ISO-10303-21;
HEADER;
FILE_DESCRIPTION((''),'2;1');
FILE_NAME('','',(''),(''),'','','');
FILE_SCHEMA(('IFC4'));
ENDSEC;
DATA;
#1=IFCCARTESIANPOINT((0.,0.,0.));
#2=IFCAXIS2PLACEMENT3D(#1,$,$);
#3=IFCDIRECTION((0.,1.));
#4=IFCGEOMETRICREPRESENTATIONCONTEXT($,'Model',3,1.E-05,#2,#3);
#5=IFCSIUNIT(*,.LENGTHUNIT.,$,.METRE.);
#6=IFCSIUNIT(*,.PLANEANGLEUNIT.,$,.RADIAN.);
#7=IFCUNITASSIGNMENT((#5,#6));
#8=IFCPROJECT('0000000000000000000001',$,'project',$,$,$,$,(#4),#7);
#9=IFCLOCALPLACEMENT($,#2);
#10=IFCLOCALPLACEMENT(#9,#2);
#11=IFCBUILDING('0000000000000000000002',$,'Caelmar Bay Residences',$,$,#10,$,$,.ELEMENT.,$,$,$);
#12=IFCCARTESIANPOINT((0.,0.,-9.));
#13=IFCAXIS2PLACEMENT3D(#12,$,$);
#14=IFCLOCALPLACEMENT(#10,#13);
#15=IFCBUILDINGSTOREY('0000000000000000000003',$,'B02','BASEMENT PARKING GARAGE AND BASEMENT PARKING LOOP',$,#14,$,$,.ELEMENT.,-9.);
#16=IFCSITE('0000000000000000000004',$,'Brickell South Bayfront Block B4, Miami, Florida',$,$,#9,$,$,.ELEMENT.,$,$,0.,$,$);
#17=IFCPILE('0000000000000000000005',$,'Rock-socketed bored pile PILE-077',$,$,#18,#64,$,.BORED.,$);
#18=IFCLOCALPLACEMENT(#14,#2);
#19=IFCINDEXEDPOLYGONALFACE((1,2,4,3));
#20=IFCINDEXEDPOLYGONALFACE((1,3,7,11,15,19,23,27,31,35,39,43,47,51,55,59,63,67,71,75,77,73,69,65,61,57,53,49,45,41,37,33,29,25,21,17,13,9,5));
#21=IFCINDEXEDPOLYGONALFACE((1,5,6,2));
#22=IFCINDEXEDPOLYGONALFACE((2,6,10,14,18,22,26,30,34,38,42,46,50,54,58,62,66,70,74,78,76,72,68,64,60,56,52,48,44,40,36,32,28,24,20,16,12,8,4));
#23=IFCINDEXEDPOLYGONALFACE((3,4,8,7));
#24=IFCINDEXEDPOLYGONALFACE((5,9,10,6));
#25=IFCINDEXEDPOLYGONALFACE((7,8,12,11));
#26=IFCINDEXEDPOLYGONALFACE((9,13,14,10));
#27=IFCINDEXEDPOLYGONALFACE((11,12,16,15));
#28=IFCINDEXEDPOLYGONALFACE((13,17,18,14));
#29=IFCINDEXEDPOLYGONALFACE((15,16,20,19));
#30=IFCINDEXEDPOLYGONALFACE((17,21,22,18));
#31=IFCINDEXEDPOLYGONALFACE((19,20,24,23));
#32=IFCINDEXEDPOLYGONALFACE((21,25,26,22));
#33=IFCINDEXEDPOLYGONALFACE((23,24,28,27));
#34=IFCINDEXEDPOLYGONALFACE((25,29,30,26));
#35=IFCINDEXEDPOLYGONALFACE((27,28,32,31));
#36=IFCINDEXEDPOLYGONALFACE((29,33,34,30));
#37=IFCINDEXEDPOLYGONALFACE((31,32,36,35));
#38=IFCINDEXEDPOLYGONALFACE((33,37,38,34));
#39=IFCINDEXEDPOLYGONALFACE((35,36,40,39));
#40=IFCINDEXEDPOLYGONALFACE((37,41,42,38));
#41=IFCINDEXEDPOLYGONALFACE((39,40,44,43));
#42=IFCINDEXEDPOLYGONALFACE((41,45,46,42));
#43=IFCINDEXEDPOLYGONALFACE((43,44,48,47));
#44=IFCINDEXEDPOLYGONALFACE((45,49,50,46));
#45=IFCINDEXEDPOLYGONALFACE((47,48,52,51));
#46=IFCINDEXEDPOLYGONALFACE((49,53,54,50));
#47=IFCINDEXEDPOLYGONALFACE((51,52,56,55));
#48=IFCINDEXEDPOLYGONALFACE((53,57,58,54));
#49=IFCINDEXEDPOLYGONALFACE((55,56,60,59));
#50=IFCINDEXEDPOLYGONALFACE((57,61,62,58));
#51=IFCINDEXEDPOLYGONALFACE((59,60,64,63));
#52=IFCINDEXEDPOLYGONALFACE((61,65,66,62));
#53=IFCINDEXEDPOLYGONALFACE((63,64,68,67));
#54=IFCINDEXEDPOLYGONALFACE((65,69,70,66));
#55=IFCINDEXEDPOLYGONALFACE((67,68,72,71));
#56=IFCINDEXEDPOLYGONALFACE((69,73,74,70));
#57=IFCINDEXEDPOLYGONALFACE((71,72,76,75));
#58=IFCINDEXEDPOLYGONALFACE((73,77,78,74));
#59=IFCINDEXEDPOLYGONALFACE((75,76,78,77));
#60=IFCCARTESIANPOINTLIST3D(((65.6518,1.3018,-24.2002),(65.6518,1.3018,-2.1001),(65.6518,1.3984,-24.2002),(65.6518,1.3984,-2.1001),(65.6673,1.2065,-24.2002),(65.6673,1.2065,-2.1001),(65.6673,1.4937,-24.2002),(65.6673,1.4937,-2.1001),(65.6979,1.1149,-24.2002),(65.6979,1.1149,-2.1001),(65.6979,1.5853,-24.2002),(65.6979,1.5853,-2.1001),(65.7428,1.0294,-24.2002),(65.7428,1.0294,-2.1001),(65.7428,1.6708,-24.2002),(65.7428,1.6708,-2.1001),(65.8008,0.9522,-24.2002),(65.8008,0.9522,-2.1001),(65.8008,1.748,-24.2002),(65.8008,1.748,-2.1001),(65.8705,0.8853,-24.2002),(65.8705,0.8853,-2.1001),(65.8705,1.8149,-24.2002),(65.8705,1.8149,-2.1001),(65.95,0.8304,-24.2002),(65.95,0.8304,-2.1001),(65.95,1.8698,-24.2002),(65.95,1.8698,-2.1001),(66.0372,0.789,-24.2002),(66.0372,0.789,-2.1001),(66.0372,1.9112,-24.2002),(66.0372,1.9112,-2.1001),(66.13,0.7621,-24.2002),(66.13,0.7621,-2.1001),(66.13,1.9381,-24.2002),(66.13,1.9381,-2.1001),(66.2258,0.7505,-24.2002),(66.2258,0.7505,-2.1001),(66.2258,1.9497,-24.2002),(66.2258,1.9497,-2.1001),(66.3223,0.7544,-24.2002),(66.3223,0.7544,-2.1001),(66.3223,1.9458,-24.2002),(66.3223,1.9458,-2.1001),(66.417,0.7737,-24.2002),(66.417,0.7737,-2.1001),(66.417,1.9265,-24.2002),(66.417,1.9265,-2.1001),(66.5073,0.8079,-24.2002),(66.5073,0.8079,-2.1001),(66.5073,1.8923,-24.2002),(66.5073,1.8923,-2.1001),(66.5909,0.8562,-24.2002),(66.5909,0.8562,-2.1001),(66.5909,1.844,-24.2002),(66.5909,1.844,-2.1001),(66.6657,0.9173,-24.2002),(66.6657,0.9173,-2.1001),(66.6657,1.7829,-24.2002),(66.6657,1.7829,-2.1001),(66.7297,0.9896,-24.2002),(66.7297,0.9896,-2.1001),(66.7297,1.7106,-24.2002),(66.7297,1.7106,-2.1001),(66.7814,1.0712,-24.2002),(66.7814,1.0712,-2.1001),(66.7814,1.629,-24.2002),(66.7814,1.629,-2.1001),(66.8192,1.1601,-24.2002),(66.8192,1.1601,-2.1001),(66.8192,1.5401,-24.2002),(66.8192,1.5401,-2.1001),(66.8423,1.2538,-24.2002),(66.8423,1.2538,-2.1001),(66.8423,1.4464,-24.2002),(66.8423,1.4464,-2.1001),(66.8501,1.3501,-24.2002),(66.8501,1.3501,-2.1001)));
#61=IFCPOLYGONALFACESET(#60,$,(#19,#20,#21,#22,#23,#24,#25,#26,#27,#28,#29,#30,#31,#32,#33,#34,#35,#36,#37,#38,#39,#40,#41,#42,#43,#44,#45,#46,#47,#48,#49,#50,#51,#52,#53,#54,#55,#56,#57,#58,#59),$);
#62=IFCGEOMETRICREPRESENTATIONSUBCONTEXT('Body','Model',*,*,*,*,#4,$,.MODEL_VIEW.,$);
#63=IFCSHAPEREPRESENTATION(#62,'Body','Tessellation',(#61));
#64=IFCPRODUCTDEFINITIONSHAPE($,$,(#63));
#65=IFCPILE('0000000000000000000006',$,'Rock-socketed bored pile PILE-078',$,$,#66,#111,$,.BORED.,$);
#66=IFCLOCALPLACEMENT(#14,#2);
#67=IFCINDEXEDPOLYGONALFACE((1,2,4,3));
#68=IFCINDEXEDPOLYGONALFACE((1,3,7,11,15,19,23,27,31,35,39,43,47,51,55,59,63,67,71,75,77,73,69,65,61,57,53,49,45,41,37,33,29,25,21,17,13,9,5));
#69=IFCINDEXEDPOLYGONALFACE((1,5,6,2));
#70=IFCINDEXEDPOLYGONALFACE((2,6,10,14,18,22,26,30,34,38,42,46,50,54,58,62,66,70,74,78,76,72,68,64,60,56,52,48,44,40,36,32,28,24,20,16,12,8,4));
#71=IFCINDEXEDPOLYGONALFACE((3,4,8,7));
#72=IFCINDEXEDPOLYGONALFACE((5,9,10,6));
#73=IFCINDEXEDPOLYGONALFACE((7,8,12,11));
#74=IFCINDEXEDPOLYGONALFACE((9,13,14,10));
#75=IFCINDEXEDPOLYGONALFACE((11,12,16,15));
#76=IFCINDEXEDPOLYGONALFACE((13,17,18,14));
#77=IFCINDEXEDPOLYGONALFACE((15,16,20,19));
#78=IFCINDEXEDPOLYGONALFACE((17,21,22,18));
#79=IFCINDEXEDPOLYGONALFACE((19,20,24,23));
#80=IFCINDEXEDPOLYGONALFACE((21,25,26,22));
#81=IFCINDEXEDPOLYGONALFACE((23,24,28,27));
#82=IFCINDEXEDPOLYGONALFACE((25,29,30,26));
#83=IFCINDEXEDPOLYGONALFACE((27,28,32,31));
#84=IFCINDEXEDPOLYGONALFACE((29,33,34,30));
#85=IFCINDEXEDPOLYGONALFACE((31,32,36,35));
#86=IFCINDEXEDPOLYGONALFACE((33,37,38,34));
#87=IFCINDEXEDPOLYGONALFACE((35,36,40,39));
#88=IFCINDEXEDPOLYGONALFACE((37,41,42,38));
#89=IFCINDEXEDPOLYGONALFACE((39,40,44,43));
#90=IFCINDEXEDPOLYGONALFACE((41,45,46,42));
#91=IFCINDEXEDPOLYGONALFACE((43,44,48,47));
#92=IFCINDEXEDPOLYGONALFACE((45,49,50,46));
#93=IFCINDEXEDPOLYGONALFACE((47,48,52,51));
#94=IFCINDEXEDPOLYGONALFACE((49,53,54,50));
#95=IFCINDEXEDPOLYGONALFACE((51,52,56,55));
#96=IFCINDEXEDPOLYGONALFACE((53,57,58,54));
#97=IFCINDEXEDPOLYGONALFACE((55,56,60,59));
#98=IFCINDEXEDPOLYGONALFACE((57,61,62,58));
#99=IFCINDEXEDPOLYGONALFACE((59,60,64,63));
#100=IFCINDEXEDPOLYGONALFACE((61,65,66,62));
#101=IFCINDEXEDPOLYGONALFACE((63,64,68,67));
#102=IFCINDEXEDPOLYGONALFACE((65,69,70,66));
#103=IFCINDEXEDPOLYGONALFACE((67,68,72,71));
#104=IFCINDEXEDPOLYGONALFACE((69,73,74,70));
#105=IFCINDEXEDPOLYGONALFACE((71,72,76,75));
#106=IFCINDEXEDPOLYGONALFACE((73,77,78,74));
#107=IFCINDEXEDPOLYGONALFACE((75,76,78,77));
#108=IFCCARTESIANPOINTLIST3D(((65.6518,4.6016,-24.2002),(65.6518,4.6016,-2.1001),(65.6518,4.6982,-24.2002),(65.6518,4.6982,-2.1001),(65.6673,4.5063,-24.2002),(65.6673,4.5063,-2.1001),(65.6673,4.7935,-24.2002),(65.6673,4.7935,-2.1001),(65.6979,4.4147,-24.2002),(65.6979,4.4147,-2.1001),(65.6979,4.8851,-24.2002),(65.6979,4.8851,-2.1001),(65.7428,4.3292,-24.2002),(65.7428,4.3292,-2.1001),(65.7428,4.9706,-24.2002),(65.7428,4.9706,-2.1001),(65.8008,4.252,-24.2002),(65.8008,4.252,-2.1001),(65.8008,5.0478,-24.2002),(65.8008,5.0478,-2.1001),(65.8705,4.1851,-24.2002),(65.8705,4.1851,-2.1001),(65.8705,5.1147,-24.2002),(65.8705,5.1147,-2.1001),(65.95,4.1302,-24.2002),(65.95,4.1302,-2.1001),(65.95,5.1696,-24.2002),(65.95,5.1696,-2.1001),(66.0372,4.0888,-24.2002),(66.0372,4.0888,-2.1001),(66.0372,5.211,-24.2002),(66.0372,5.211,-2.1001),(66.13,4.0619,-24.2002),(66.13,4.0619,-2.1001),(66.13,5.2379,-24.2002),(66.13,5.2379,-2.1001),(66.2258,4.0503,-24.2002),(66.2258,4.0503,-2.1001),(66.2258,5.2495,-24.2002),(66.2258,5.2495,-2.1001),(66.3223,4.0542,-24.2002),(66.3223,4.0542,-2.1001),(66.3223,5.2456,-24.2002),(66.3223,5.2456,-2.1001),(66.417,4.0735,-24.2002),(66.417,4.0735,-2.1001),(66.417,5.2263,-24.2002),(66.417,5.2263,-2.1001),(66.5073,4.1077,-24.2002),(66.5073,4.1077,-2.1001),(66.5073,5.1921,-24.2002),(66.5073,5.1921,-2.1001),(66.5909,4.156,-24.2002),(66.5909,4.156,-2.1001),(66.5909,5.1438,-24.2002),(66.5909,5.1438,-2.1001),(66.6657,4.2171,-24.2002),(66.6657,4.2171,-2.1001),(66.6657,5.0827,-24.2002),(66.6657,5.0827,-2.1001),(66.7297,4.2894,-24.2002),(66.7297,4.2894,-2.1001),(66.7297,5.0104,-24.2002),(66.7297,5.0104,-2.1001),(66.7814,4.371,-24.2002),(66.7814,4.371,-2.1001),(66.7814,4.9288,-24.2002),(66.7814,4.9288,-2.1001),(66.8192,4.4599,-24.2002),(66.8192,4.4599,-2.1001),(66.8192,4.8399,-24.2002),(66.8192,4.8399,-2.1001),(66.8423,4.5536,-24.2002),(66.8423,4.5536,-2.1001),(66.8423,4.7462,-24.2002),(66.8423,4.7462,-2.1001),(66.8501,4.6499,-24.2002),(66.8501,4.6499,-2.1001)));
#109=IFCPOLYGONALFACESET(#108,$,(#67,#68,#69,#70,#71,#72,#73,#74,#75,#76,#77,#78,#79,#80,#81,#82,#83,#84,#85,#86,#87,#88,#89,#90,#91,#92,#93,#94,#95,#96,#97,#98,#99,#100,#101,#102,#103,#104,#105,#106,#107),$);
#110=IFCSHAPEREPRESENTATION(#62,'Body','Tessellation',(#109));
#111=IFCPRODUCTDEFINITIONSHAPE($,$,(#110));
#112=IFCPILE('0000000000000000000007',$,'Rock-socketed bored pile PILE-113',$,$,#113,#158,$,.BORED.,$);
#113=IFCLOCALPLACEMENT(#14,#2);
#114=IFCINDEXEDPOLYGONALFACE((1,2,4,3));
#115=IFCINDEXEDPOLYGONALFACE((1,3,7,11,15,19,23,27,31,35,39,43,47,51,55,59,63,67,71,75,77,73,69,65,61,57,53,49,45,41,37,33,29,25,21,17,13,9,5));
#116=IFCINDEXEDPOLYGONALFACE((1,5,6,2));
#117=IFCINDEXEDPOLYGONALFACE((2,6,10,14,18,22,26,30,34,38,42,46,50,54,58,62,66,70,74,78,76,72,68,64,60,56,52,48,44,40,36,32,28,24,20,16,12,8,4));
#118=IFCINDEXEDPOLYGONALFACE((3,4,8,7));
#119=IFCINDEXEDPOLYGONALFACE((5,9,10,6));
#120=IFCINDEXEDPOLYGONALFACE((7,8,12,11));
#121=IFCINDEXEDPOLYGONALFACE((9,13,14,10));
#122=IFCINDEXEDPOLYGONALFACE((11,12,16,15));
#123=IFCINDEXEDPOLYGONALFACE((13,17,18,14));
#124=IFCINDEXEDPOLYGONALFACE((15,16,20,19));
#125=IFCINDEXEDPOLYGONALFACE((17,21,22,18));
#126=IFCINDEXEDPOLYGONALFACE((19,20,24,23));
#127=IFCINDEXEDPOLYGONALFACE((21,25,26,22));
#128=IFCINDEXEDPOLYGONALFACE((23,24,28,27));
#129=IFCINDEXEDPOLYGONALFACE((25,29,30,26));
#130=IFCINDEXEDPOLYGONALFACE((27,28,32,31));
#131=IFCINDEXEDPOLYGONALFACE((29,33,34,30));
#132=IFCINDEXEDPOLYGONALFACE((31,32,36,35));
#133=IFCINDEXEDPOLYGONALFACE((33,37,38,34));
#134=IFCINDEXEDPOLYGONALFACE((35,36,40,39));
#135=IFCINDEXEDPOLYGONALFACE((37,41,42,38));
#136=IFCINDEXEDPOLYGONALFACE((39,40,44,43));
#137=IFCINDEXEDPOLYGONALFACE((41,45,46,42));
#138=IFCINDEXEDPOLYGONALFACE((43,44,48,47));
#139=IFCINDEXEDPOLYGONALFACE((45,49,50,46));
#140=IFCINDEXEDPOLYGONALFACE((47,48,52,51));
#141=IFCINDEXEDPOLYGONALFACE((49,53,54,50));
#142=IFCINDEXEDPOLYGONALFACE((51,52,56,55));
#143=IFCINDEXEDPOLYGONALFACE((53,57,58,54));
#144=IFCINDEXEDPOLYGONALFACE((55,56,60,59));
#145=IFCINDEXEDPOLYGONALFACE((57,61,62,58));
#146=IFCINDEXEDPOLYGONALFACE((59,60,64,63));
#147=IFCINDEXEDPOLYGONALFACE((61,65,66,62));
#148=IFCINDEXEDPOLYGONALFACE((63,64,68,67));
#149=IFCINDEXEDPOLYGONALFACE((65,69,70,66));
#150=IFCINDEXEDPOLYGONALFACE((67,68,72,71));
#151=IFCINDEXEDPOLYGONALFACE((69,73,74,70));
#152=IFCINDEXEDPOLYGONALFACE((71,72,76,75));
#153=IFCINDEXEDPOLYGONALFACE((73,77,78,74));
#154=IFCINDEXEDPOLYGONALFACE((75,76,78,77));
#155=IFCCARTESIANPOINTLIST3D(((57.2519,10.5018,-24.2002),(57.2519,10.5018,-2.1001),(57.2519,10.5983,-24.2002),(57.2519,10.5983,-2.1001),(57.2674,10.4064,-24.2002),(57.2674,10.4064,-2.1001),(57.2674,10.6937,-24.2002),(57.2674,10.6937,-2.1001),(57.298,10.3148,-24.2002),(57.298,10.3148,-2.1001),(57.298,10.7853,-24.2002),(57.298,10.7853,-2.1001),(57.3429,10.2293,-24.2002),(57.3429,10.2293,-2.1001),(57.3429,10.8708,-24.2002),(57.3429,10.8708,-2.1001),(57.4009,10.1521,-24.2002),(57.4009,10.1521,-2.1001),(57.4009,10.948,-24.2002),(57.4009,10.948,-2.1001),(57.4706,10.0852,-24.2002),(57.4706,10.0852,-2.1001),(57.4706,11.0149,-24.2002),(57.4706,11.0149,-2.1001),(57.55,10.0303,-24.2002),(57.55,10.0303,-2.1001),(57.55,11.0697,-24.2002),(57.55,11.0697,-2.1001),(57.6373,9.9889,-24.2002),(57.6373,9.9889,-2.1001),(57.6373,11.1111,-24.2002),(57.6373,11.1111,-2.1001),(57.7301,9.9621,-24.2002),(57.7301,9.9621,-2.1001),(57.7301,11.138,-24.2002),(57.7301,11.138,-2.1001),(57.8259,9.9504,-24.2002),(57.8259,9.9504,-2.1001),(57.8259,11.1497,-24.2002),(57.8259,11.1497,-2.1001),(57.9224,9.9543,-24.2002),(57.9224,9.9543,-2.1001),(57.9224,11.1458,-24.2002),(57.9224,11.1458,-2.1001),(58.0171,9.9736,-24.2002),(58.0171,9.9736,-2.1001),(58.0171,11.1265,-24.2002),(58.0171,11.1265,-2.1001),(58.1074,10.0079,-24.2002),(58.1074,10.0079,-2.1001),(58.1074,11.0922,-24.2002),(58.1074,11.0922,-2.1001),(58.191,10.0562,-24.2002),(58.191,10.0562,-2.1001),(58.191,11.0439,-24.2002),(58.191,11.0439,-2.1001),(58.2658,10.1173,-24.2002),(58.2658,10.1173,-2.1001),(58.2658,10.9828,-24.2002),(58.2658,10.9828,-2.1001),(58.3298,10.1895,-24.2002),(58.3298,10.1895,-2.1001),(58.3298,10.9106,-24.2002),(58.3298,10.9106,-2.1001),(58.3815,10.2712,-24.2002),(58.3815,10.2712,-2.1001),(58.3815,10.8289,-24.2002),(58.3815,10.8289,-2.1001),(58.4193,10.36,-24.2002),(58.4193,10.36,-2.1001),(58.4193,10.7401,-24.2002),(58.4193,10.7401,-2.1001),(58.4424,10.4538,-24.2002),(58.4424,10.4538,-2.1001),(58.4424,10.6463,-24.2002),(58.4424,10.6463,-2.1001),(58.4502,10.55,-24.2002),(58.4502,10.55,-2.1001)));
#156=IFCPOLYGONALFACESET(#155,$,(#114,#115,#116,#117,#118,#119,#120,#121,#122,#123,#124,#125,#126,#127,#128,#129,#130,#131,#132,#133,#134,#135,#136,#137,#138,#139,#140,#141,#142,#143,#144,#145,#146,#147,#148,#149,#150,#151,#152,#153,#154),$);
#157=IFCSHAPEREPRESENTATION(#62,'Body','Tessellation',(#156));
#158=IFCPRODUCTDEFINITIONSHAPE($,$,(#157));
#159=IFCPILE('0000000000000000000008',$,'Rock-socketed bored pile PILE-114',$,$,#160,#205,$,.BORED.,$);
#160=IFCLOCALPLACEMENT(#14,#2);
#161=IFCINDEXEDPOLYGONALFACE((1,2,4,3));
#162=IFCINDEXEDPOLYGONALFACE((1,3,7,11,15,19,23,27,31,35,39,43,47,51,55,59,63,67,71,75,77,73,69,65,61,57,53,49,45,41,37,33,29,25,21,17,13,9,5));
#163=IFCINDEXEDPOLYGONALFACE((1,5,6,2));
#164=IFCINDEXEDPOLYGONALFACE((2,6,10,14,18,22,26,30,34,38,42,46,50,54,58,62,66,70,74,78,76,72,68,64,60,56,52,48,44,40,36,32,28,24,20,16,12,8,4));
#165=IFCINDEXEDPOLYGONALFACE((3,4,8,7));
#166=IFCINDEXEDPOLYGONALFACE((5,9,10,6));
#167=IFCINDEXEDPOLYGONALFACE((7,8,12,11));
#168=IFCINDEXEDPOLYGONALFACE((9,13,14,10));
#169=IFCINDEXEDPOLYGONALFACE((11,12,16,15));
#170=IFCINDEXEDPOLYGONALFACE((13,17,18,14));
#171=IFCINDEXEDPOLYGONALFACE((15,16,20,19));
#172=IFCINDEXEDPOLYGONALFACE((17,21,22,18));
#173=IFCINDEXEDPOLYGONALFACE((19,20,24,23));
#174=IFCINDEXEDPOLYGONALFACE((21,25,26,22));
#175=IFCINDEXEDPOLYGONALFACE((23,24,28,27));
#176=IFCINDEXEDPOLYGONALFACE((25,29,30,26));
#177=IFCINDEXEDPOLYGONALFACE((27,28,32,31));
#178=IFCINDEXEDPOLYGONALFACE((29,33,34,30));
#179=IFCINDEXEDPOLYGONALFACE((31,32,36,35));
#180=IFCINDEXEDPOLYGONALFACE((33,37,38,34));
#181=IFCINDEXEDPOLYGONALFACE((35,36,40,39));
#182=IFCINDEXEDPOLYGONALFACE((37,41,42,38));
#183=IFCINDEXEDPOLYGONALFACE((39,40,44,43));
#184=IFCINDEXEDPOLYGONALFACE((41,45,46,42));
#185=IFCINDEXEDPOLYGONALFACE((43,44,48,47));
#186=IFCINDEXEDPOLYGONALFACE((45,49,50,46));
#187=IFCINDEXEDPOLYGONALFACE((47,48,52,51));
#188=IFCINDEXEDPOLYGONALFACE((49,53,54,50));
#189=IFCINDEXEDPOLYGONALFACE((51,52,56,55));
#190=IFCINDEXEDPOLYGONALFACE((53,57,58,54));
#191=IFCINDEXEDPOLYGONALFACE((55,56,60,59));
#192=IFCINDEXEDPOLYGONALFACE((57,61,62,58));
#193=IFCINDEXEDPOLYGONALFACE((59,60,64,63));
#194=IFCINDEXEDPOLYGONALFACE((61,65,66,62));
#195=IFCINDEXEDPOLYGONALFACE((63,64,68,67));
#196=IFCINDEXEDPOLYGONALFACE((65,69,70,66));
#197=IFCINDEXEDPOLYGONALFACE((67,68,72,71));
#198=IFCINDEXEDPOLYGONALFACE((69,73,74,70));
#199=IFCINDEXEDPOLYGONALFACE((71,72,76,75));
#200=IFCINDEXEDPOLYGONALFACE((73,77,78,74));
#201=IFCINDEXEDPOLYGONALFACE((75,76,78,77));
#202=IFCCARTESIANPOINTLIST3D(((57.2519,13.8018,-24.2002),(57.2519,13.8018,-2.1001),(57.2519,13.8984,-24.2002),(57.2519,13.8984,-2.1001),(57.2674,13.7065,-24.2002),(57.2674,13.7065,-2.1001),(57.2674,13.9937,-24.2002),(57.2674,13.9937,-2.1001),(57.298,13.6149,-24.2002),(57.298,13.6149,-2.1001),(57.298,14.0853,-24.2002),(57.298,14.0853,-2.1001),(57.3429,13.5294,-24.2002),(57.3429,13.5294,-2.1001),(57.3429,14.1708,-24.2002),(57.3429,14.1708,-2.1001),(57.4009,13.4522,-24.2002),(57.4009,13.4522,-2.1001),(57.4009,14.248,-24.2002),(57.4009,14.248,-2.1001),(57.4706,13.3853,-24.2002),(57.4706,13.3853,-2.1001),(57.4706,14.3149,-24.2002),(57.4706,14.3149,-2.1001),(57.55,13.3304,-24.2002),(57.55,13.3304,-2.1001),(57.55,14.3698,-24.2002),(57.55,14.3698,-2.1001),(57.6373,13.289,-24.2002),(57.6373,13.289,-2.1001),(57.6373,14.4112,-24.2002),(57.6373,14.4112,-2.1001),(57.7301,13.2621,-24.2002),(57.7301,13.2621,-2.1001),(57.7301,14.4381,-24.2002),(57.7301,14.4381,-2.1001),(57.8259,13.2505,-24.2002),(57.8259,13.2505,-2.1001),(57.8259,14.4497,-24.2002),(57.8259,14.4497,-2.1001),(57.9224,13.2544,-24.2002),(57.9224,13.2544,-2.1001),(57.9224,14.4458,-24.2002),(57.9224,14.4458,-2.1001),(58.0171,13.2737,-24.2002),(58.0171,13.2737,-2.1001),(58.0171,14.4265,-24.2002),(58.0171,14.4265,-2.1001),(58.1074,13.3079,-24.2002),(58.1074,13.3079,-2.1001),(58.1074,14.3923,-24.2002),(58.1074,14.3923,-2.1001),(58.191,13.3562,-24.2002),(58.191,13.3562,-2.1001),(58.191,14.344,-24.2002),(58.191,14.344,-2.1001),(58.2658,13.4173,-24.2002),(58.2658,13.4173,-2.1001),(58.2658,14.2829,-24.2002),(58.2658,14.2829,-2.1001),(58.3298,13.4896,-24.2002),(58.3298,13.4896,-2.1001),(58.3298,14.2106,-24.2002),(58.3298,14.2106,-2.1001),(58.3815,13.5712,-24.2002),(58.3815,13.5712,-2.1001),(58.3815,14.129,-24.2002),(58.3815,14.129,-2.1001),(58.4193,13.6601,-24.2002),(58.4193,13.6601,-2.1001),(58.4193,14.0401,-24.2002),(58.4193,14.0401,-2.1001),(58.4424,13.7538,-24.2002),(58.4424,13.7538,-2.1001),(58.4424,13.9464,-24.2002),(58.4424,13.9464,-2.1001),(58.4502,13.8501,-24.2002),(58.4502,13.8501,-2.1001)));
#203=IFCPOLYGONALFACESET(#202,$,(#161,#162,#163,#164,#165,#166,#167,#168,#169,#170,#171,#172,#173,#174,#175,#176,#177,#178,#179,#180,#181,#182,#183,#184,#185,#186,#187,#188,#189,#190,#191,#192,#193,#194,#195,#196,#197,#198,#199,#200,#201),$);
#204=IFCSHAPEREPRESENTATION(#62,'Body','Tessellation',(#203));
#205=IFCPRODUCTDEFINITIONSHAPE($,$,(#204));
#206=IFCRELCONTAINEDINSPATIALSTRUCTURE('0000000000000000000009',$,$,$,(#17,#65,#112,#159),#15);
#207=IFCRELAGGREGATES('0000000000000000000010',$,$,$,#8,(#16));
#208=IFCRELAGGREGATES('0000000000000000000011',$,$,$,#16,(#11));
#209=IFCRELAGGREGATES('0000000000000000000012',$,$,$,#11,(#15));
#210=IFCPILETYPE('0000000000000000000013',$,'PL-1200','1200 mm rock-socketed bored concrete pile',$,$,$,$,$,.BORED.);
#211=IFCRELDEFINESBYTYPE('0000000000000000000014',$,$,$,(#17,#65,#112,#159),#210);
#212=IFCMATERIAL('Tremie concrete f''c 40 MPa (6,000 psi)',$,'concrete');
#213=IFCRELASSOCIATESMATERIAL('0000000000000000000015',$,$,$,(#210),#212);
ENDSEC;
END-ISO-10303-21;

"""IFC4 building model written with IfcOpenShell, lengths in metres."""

from ifc_helpers import new_model, si_unit, direction, frame, origin, origin_2d, place, context, subcontext, project, spatial, circle, extrude, material, material_profile, profile_set, type_object, element, save


model = new_model("IFC4")

# Units and contexts
model_context = context("Model", 3, precision=1e-05, world=origin(), true_north=direction((0.0, 1.0)))
body_context = subcontext(model_context, "Body", "Model", "MODEL_VIEW")
ifc_project = project(units=[si_unit("LENGTHUNIT", "METRE"), si_unit("PLANEANGLEUNIT", "RADIAN")], contexts=[model_context])

# Site, building, storey
site_placement = place(None, origin())
site = spatial("IfcSite", under=ifc_project, at=site_placement, Name="Brickell South Bayfront Block B4, Miami, Florida", CompositionType="ELEMENT", RefElevation=0.0)
building_placement = place(site_placement, origin())
building = spatial("IfcBuilding", under=site, at=building_placement, Name="Caelmar Bay Residences", CompositionType="ELEMENT")
storey_placement = place(building_placement, frame((0.0, 0.0, -9.0)))
storey = spatial("IfcBuildingStorey", under=building, at=storey_placement, Name="B02", Description="BASEMENT PARKING GARAGE AND BASEMENT PARKING LOOP", CompositionType="ELEMENT", Elevation=-9.0)

# Piles
ifc_material_1 = material(Name="Tremie concrete f'c 40 MPa (6,000 psi)", Category="concrete")
ifc_material_profile_1 = material_profile(ifc_material_1, circle(Radius=0.6001, at=origin_2d()), Name="PILE-1200D")
ifc_profile_set_1 = profile_set([ifc_material_profile_1], Name="Tremie concrete f'c 40 MPa (6,000 psi)")
pile_type = type_object("IfcPileType", Name="PL-1200", Description="1200 mm rock-socketed bored concrete pile", PredefinedType="BORED", material=ifc_profile_set_1)
for number, where, z_axis, x_axis, name in (
    (1, (66.25, 1.3501, -2.1001), (0.0, 0.0, -1.0), (1.0, 0.0, 0.0), "Rock-socketed bored pile PILE-077"),
    (2, (66.25, 4.6499, -2.1001), (0.0, 0.0, -1.0), (1.0, 0.0, 0.0), "Rock-socketed bored pile PILE-078"),
    (3, (57.8501, 10.55, -2.1001), (0.0, 0.0, -1.0), (1.0, 0.0, 0.0), "Rock-socketed bored pile PILE-113"),
    (4, (57.8501, 13.8501, -2.1001), (0.0, 0.0, -1.0), (1.0, 0.0, 0.0), "Rock-socketed bored pile PILE-114"),
):
    element("IfcPile", number, at=place(storey_placement, frame(where, z_axis=z_axis, x_axis=x_axis)), inside=storey, type_object=pile_type, Name=name, PredefinedType="BORED", context=body_context, shape_type="SweptSolid", body=[
        extrude(circle(Radius=0.6001, at=origin_2d()), origin(), (0.0, 0.0, 1.0), 22.1001),
    ])

save(model, "model.ifc")
